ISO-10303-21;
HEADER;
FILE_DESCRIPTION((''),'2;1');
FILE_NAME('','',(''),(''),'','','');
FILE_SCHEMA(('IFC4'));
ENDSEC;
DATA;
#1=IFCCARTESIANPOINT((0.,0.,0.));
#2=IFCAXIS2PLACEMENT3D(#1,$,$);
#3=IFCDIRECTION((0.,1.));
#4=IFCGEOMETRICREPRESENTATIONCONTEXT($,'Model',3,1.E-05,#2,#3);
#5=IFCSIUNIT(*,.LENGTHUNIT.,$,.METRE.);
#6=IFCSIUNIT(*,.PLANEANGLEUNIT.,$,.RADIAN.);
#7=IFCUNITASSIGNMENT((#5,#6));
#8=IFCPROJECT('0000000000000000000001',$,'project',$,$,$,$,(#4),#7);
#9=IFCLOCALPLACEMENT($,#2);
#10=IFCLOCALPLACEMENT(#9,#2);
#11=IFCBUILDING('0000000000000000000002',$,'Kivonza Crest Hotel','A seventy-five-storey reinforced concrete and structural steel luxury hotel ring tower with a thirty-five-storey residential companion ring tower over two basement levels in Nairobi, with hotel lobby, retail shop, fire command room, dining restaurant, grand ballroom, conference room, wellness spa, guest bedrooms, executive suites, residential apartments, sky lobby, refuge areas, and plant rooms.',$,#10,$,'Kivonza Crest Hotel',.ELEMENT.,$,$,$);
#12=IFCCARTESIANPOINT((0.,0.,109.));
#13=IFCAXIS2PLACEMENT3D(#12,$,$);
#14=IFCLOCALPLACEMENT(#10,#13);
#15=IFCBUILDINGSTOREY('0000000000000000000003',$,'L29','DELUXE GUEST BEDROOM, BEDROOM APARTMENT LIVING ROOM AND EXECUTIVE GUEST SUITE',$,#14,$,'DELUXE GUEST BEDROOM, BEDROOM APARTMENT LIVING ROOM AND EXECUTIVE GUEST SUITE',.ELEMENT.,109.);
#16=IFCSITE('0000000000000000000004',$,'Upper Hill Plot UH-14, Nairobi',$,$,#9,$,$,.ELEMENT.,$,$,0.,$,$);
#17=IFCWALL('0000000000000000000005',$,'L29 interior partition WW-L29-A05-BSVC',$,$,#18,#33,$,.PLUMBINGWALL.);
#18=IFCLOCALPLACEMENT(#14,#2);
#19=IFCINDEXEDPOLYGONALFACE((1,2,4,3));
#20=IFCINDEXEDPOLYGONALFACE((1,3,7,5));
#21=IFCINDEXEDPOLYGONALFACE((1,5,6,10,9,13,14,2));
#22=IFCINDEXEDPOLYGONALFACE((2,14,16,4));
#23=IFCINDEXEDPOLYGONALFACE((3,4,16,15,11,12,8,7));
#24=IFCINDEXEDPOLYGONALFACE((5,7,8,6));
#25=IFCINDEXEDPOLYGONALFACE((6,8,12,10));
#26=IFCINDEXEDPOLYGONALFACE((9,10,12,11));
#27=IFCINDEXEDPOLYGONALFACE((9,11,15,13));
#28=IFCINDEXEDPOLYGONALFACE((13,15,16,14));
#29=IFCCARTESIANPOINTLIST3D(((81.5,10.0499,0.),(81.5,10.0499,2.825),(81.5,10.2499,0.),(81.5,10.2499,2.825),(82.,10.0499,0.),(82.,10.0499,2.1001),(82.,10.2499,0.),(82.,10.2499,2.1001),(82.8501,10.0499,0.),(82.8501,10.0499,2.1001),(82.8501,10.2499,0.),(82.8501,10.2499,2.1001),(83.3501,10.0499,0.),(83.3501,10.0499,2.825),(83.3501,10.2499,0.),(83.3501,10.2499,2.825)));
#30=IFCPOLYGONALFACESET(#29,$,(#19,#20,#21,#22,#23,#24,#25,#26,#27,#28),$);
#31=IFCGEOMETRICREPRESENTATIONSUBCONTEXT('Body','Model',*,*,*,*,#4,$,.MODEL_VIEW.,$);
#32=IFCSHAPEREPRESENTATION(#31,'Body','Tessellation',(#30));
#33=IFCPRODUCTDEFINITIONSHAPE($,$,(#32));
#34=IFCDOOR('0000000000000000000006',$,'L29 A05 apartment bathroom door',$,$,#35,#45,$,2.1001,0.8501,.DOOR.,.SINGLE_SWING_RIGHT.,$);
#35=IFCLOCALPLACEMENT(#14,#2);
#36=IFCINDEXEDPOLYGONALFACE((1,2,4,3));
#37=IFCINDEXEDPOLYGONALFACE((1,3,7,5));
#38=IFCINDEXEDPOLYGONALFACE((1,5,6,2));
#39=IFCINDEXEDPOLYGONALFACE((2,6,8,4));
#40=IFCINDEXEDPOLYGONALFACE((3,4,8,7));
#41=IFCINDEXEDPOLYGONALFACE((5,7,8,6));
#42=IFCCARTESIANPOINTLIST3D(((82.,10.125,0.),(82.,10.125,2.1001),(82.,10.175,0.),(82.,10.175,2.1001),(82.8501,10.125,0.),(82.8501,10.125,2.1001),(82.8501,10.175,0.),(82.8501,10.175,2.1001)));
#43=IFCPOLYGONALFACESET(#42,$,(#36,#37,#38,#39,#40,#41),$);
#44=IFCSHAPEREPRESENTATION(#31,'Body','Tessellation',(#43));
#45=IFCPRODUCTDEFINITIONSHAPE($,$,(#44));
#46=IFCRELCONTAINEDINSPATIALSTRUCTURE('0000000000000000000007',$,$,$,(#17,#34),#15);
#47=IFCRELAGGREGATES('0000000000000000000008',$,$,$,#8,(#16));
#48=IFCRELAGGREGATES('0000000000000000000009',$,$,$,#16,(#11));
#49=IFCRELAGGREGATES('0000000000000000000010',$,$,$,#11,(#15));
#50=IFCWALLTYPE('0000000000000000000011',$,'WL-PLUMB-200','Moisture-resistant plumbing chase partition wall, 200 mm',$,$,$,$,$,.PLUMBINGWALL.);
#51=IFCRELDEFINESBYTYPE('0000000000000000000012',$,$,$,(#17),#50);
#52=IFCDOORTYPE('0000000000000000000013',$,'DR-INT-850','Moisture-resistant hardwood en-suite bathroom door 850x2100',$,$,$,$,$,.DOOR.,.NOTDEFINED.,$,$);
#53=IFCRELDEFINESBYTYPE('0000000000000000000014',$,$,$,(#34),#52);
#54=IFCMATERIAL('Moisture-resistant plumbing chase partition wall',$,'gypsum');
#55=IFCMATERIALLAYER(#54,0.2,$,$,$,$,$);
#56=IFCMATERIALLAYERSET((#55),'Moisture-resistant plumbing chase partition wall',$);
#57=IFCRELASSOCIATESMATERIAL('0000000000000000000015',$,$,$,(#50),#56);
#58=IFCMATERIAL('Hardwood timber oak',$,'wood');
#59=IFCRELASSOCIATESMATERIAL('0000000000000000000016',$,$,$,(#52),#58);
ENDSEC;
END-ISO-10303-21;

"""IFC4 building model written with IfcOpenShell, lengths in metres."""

from ifc_helpers import new_model, si_unit, direction, frame, frame_2d, origin, place, context, subcontext, project, spatial, rectangle, extrude, material, layer, layer_set, type_object, element, fill, save


model = new_model("IFC4")

# Units and contexts
model_context = context("Model", 3, precision=1e-05, world=origin(), true_north=direction((0.0, 1.0)))
body_context = subcontext(model_context, "Body", "Model", "MODEL_VIEW")
ifc_project = project(units=[si_unit("LENGTHUNIT", "METRE"), si_unit("PLANEANGLEUNIT", "RADIAN")], contexts=[model_context])

# Site, building, storey
site_placement = place(None, origin())
site = spatial("IfcSite", under=ifc_project, at=site_placement, Name="Upper Hill Plot UH-14, Nairobi", CompositionType="ELEMENT", RefElevation=0.0)
building_placement = place(site_placement, origin())
building = spatial("IfcBuilding", under=site, at=building_placement, Name="Kivonza Crest Hotel", Description="A seventy-five-storey reinforced concrete and structural steel luxury hotel ring tower with a thirty-five-storey residential companion ring tower over two basement levels in Nairobi, with hotel lobby, retail shop, fire command room, dining restaurant, grand ballroom, conference room, wellness spa, guest bedrooms, executive suites, residential apartments, sky lobby, refuge areas, and plant rooms.", LongName="Kivonza Crest Hotel", CompositionType="ELEMENT")
storey_placement = place(building_placement, frame((0.0, 0.0, 109.0)))
storey = spatial("IfcBuildingStorey", under=building, at=storey_placement, Name="L29", Description="DELUXE GUEST BEDROOM, BEDROOM APARTMENT LIVING ROOM AND EXECUTIVE GUEST SUITE", LongName="DELUXE GUEST BEDROOM, BEDROOM APARTMENT LIVING ROOM AND EXECUTIVE GUEST SUITE", CompositionType="ELEMENT", Elevation=109.0)

# Shared definitions
ifc_material_1 = material(Name="Hardwood timber oak", Category="wood")

# Shared definitions
ifc_material_2 = material(Name="Moisture-resistant plumbing chase partition wall", Category="gypsum")
ifc_layer_1 = layer(ifc_material_2, 0.2)
ifc_layer_set_1 = layer_set([ifc_layer_1], Name="Moisture-resistant plumbing chase partition wall")
wall_type_1 = type_object("IfcWallType", Name="WL-PLUMB-200", Description="Moisture-resistant plumbing chase partition wall, 200 mm", PredefinedType="PLUMBINGWALL", material=ifc_layer_set_1)

# Wall, opening, door
wall_1_placement = place(storey_placement, frame((81.5, 10.1499, 0.0), z_axis=(0.0, 0.0, 1.0), x_axis=(1.0, 0.0, 0.0)))
wall_1 = element("IfcWall", 1, at=wall_1_placement, inside=storey, type_object=wall_type_1, Name="L29 interior partition WW-L29-A05-BSVC", PredefinedType="PLUMBINGWALL", context=body_context, shape_type="SweptSolid", body=[
    extrude(rectangle(XDim=1.8501, YDim=0.2, at=frame_2d((0.925, 0.0))), origin(), (0.0, 0.0, 1.0), 2.825),
])
opening_1_placement = place(wall_1_placement, frame((0.5, 0.0, 0.0)))
opening_1 = element("IfcOpeningElement", 2, at=opening_1_placement, cuts=wall_1, PredefinedType="OPENING", context=body_context, shape_type="SweptSolid", body=[
    extrude(rectangle(XDim=0.8501, YDim=2.1001, at=frame_2d((0.425, 1.05))), frame((0.0, 0.1099, 0.0), z_axis=(0.0, -1.0, 0.0), x_axis=(1.0, 0.0, 0.0)), (0.0, 0.0, 1.0), 0.22),
])
door_type_1 = type_object("IfcDoorType", Name="DR-INT-850", Description="Moisture-resistant hardwood en-suite bathroom door 850x2100", OperationType="NOTDEFINED", PredefinedType="DOOR", material=ifc_material_1)
door_1_placement = place(opening_1_placement, frame((0.8501, 0.0, 0.0), z_axis=(0.0, 0.0, 1.0), x_axis=(-1.0, 0.0, 0.0)))
door_1 = element("IfcDoor", 3, at=door_1_placement, inside=storey, type_object=door_type_1, Name="L29 A05 apartment bathroom door", OperationType="SINGLE_SWING_RIGHT", OverallHeight=2.1001, OverallWidth=0.8501, PredefinedType="DOOR", context=body_context, shape_type="SweptSolid", body=[
    extrude(rectangle(XDim=0.8501, YDim=2.1001, at=frame_2d((0.425, 1.05))), frame((0.0, 0.0249, 0.0), z_axis=(0.0, -1.0, 0.0), x_axis=(1.0, 0.0, 0.0)), (0.0, 0.0, 1.0), 0.05),
])
fill(opening_1, door_1)

save(model, "model.ifc")
